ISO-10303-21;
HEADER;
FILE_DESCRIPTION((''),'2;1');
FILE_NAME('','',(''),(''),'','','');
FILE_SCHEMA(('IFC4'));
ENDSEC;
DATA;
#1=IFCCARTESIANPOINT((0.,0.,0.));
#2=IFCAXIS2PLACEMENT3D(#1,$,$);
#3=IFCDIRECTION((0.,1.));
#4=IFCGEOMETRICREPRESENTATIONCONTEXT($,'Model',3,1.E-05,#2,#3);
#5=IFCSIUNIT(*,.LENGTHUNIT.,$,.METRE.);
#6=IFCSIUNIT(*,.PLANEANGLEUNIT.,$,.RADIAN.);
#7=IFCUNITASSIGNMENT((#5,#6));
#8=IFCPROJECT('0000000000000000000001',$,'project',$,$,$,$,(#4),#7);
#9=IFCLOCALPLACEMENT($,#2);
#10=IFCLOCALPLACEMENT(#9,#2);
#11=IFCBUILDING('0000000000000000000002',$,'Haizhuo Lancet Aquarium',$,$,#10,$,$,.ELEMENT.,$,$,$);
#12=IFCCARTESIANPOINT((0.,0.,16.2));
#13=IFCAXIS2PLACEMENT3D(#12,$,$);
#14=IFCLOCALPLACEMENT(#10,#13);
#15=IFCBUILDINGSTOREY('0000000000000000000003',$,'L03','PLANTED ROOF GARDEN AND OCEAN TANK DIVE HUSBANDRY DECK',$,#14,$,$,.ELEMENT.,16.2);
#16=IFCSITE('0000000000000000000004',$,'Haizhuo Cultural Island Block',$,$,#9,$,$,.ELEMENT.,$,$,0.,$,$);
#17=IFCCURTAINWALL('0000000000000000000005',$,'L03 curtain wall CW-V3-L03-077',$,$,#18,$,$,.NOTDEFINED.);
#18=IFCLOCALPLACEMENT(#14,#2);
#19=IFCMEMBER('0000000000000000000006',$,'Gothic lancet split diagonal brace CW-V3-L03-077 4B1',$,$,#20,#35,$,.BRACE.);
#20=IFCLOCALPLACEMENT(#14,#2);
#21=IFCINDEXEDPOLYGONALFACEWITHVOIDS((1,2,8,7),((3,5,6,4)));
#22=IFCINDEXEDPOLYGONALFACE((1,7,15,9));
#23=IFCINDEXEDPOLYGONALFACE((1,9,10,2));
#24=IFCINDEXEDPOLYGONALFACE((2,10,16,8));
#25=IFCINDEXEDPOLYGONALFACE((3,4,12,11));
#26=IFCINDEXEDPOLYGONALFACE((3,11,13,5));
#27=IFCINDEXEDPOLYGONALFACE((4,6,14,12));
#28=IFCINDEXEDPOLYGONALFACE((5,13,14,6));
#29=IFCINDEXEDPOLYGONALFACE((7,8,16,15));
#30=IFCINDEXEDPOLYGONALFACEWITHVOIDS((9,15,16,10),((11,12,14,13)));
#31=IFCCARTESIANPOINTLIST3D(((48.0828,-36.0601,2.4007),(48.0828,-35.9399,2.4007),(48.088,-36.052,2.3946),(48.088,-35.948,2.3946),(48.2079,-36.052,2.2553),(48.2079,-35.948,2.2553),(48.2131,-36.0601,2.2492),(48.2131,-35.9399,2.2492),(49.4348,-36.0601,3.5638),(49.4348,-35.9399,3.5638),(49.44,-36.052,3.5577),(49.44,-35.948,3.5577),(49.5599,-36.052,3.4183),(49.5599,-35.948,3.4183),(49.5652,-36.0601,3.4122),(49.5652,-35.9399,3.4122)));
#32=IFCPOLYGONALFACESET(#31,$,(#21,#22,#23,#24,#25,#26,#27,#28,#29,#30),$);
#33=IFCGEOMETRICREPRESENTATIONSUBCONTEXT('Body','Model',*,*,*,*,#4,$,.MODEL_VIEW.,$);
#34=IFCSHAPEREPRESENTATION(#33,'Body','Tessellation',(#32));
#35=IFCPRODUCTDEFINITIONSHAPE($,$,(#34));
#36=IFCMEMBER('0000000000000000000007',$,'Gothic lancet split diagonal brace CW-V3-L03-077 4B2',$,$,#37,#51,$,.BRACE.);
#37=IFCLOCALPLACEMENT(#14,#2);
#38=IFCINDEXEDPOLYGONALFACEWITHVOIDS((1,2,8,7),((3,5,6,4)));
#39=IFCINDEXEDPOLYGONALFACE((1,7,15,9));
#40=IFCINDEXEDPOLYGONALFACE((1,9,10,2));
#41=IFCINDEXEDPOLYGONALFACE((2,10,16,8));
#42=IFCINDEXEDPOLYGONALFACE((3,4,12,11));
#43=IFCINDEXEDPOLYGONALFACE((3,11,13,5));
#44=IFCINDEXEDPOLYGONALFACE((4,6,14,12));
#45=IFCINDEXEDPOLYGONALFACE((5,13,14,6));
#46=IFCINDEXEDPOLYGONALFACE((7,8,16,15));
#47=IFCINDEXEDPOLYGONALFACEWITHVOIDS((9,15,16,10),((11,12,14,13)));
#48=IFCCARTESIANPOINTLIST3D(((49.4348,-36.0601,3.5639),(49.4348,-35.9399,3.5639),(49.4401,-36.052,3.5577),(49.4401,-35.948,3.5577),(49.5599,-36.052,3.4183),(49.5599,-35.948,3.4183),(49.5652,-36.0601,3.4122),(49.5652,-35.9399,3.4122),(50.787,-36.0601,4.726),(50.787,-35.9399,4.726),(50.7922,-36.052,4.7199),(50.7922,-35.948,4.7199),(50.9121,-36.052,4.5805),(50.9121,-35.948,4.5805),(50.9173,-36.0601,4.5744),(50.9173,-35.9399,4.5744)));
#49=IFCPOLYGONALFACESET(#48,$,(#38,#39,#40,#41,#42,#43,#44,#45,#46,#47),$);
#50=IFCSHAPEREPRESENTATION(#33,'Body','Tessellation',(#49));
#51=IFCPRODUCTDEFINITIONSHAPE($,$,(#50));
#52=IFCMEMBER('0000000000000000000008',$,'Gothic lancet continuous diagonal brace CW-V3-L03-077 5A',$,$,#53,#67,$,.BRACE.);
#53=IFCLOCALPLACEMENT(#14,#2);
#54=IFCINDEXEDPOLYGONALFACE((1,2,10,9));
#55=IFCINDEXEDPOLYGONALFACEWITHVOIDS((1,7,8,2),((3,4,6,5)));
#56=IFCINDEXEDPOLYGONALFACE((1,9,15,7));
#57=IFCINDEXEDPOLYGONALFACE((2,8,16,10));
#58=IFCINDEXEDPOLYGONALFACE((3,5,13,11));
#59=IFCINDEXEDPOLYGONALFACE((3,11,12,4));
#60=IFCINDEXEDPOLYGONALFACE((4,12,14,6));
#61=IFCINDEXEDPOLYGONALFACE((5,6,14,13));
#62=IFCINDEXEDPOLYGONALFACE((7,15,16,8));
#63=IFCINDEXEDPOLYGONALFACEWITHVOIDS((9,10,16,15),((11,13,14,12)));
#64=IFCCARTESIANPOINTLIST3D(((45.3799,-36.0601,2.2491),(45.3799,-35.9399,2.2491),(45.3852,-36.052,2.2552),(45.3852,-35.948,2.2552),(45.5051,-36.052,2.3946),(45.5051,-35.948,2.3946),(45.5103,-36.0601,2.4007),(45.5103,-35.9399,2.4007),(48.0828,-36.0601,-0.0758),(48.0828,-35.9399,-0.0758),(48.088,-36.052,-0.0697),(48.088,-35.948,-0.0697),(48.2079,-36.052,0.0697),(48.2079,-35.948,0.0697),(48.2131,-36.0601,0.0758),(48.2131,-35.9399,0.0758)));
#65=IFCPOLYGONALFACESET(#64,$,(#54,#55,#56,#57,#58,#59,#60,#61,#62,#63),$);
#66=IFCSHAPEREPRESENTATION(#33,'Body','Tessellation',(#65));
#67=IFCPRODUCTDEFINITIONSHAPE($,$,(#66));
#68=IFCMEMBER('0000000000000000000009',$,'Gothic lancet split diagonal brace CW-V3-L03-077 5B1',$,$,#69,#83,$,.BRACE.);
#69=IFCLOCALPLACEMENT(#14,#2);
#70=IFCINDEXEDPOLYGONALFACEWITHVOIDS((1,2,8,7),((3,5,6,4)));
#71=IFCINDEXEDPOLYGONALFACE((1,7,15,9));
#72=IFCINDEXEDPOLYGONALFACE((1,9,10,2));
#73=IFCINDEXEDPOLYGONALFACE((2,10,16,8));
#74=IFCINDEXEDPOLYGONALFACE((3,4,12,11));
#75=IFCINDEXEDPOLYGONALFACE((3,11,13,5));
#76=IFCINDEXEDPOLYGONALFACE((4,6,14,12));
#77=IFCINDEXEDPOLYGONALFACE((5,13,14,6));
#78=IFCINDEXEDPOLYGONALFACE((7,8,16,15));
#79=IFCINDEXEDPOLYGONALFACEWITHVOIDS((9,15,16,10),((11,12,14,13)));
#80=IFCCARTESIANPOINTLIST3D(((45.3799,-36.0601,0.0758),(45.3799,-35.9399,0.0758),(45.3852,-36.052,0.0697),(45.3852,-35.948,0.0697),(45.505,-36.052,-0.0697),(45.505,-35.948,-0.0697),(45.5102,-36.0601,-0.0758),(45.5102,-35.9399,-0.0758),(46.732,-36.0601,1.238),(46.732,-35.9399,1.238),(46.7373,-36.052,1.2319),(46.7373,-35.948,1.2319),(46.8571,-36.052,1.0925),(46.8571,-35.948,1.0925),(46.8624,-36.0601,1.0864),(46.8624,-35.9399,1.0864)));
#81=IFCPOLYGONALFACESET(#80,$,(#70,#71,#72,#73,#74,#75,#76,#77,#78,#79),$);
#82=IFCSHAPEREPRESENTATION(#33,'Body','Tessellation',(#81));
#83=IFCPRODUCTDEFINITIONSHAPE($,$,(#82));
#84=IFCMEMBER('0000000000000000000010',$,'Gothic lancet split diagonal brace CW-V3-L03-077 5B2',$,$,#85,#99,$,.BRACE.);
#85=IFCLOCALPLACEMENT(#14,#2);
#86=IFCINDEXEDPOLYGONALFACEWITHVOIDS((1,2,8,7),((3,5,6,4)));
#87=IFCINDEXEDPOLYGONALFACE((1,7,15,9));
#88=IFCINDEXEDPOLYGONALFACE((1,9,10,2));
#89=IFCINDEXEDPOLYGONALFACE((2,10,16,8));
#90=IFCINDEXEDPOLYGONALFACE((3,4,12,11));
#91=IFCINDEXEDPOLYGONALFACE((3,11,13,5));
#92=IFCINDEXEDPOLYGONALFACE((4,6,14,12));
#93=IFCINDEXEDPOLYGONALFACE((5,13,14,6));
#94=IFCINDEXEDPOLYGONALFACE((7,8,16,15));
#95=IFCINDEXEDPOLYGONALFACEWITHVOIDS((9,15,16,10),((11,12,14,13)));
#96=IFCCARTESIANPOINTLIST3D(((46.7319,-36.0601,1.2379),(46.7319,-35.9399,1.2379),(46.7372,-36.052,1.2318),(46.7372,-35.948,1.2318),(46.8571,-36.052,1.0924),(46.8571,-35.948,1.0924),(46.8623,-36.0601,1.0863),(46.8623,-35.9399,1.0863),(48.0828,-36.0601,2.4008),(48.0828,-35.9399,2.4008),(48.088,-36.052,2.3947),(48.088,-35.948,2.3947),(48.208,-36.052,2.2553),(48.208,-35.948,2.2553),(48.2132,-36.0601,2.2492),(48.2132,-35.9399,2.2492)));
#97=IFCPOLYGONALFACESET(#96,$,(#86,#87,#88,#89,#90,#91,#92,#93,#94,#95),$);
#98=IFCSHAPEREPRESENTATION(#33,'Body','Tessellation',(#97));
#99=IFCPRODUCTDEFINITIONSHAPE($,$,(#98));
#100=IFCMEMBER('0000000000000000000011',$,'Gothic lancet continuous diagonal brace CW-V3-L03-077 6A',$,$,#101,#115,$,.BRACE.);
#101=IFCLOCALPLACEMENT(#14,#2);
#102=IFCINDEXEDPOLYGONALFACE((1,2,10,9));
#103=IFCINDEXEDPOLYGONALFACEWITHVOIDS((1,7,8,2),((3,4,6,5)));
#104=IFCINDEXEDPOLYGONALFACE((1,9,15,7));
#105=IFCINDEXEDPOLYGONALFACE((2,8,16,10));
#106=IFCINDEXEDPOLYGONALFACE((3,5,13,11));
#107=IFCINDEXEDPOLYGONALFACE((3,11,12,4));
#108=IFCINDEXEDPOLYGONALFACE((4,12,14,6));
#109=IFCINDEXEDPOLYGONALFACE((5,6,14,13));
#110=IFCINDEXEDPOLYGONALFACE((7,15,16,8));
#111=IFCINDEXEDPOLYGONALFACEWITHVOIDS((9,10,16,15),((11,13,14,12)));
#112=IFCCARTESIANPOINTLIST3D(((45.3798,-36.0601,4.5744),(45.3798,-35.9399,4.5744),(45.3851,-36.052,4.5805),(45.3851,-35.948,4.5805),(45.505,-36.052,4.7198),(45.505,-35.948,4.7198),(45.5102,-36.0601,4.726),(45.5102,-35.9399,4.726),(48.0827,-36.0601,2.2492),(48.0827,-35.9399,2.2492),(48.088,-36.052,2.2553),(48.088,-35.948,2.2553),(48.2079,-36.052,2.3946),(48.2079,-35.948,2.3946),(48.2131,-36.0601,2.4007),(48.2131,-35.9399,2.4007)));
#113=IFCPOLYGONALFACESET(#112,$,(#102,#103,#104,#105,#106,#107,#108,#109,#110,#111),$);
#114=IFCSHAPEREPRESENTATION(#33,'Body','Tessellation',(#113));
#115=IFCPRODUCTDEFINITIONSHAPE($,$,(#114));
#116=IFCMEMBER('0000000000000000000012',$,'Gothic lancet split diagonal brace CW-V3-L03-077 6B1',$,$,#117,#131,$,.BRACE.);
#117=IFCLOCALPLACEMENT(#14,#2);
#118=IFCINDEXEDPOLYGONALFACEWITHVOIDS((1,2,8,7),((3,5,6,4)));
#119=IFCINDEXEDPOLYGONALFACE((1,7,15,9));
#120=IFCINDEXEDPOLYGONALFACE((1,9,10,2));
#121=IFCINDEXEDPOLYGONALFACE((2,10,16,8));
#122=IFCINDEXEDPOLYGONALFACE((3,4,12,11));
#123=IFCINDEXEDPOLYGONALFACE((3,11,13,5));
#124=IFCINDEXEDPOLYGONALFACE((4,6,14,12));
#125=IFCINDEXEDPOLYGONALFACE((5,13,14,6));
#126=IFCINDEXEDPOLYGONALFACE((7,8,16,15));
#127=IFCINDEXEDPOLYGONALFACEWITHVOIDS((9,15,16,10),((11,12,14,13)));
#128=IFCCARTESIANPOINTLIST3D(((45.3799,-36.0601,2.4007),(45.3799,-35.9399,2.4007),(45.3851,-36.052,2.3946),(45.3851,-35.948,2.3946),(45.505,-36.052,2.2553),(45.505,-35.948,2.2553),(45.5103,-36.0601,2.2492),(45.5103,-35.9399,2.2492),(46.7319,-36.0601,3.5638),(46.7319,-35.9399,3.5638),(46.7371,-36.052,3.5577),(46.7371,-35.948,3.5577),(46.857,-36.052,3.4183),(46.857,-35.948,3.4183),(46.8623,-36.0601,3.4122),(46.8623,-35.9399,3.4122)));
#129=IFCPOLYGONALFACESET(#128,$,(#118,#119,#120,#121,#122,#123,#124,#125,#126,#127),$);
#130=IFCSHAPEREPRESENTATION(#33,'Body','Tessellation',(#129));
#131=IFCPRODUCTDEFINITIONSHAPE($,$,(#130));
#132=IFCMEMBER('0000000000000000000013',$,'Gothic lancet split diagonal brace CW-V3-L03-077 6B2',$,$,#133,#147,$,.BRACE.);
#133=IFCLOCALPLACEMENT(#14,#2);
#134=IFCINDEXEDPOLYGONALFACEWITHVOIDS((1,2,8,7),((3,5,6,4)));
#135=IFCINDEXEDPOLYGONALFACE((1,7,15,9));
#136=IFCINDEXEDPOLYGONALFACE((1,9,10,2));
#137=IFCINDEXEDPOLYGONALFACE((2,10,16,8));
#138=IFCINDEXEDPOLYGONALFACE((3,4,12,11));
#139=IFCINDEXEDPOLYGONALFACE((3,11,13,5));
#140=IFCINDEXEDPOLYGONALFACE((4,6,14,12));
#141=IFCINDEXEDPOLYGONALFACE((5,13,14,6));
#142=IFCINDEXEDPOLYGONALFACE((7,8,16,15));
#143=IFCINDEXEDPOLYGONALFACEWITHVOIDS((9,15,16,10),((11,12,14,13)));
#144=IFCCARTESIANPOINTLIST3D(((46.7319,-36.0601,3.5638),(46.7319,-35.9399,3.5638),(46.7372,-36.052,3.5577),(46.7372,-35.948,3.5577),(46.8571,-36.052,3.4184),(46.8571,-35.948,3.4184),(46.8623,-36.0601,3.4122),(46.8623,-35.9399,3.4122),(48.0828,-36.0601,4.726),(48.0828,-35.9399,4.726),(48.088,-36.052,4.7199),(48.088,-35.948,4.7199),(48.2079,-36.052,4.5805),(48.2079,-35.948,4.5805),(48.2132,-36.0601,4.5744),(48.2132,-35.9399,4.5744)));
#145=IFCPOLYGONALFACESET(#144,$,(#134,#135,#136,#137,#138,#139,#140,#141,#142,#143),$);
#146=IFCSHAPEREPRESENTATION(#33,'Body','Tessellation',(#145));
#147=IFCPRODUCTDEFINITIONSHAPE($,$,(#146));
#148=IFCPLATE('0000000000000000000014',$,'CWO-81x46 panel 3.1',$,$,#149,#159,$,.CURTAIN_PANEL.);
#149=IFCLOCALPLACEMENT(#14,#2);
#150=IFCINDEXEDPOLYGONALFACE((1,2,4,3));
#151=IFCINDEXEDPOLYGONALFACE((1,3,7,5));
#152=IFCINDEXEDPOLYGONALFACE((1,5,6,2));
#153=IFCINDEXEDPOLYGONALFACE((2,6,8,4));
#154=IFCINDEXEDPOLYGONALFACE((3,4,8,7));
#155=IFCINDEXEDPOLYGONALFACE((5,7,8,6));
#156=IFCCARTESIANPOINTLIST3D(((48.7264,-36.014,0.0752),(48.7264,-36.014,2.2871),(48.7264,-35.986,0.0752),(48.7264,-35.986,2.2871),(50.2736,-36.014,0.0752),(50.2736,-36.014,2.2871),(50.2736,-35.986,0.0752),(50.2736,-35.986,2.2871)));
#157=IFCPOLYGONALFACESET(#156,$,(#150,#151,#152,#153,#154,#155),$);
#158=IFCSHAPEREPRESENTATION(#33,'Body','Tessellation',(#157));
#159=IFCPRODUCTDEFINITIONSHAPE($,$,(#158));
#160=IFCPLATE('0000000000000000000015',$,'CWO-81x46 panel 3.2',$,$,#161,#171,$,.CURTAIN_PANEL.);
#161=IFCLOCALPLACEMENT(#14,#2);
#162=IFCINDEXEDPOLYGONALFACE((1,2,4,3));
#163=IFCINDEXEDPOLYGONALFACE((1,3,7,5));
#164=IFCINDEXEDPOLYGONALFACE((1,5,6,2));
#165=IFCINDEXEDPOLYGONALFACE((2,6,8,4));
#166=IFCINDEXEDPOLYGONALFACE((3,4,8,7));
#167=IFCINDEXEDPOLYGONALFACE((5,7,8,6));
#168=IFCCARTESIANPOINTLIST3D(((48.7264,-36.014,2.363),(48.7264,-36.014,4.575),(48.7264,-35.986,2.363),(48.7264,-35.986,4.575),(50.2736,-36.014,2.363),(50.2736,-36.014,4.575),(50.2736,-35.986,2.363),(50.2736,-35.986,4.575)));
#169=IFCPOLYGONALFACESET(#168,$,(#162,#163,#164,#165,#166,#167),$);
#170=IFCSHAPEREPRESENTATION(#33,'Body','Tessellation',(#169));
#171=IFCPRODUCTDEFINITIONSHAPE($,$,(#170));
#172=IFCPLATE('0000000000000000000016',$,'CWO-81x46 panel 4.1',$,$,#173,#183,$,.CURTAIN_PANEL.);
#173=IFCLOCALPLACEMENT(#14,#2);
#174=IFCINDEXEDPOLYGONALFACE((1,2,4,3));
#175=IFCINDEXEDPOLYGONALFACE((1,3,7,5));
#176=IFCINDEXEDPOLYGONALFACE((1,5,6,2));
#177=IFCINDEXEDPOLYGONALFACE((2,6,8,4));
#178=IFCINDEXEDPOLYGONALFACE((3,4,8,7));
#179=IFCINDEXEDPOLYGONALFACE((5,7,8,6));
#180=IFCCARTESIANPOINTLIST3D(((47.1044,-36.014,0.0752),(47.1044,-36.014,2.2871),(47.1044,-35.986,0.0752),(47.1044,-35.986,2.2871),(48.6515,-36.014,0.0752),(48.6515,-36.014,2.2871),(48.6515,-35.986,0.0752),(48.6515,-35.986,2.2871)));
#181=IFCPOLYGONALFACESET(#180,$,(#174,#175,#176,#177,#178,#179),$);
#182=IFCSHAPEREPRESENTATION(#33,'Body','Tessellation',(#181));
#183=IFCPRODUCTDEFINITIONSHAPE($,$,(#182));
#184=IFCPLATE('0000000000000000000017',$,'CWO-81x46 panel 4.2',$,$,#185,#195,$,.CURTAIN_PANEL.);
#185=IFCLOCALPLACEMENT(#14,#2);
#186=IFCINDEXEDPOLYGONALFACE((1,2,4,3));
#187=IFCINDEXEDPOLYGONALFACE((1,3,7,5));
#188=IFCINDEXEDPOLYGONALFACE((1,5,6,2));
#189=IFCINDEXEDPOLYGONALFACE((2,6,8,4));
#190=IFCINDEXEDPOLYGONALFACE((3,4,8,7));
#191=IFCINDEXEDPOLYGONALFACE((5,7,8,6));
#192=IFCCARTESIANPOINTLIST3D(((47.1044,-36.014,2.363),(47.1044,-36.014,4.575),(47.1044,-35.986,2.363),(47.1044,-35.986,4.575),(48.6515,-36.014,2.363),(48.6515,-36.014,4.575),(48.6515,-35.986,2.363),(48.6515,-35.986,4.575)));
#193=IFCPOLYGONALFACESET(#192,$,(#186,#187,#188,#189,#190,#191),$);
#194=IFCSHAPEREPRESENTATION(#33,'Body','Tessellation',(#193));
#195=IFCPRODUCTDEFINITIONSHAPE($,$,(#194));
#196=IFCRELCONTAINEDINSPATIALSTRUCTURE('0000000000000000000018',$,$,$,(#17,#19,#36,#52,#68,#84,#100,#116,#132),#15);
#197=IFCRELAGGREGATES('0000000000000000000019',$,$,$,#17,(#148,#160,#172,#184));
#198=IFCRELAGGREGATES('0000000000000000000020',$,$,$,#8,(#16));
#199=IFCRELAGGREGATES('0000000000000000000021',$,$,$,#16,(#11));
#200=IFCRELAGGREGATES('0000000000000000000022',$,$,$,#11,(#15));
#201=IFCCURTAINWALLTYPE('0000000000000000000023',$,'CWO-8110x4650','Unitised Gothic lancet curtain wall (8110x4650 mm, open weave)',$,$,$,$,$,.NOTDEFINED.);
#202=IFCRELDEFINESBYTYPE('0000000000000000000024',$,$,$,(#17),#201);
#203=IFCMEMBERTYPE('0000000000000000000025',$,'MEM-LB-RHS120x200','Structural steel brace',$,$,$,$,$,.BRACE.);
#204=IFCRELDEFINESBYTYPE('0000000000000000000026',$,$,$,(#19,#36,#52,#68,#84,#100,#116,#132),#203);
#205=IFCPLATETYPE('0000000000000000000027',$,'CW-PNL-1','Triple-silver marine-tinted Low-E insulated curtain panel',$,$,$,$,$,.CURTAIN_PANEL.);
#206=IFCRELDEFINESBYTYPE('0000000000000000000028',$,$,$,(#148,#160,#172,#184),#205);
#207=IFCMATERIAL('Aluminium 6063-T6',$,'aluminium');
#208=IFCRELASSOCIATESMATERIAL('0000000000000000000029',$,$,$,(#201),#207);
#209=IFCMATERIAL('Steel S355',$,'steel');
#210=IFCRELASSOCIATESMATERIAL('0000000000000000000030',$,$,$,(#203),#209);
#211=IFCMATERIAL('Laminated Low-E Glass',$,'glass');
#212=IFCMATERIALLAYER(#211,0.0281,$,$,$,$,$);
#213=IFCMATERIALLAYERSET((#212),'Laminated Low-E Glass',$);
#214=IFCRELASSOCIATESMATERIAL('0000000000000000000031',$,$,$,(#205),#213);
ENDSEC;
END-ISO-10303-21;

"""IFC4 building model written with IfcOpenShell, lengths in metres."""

from ifc_helpers import new_model, si_unit, direction, frame, origin, origin_2d, place, context, subcontext, project, spatial, rectangle, hollow_rectangle, extrude, material, layer, layer_set, material_profile, profile_set, type_object, element, aggregate, save


model = new_model("IFC4")

# Units and contexts
model_context = context("Model", 3, precision=1e-05, world=origin(), true_north=direction((0.0, 1.0)))
body_context = subcontext(model_context, "Body", "Model", "MODEL_VIEW")
ifc_project = project(units=[si_unit("LENGTHUNIT", "METRE"), si_unit("PLANEANGLEUNIT", "RADIAN")], contexts=[model_context])

# Site, building, storey
site_placement = place(None, origin())
site = spatial("IfcSite", under=ifc_project, at=site_placement, Name="Haizhuo Cultural Island Block", CompositionType="ELEMENT", RefElevation=0.0)
building_placement = place(site_placement, origin())
building = spatial("IfcBuilding", under=site, at=building_placement, Name="Haizhuo Lancet Aquarium", CompositionType="ELEMENT")
storey_placement = place(building_placement, frame((0.0, 0.0, 16.2)))
storey = spatial("IfcBuildingStorey", under=building, at=storey_placement, Name="L03", Description="PLANTED ROOF GARDEN AND OCEAN TANK DIVE HUSBANDRY DECK", CompositionType="ELEMENT", Elevation=16.2)

# Curtain wall
ifc_material_1 = material(Name="Aluminium 6063-T6", Category="aluminium")
curtain_wall_type = type_object("IfcCurtainWallType", Name="CWO-8110x4650", Description="Unitised Gothic lancet curtain wall (8110x4650 mm, open weave)", PredefinedType="NOTDEFINED", material=ifc_material_1)
curtain_wall_placement = place(storey_placement, origin())
curtain_wall = element("IfcCurtainWall", 1, at=curtain_wall_placement, inside=storey, type_object=curtain_wall_type, Name="L03 curtain wall CW-V3-L03-077", PredefinedType="NOTDEFINED")

# Members
ifc_material_2 = material(Name="Steel S355", Category="steel")
ifc_material_profile_1 = material_profile(ifc_material_2, hollow_rectangle(XDim=0.1201, YDim=0.2, WallThickness=0.0081, at=origin_2d()), Name="RHS 120x200x8")
ifc_profile_set_1 = profile_set([ifc_material_profile_1], Name="Steel S355")
member_type_1 = type_object("IfcMemberType", Name="MEM-LB-RHS120x200", Description="Structural steel brace", PredefinedType="BRACE", material=ifc_profile_set_1)
member_1_placement = place(storey_placement, frame((48.1479, -36.0, 2.325), z_axis=(0.758096, 0.0, 0.652143), x_axis=(0.0, 1.0, 0.0)))
element("IfcMember", 2, at=member_1_placement, inside=storey, type_object=member_type_1, Name="Gothic lancet split diagonal brace CW-V3-L03-077 4B1", PredefinedType="BRACE", context=body_context, shape_type="SweptSolid", body=[
    extrude(hollow_rectangle(XDim=0.1201, YDim=0.2, WallThickness=0.0081, at=origin_2d()), origin(), (0.0, 0.0, 1.0), 1.7834),
])
member_2_placement = place(storey_placement, frame((49.5, -36.0, 3.488), z_axis=(0.758367, 0.0, 0.651828), x_axis=(0.0, 1.0, 0.0)))
element("IfcMember", 3, at=member_2_placement, inside=storey, type_object=member_type_1, Name="Gothic lancet split diagonal brace CW-V3-L03-077 4B2", PredefinedType="BRACE", context=body_context, shape_type="SweptSolid", body=[
    extrude(hollow_rectangle(XDim=0.1201, YDim=0.2, WallThickness=0.0081, at=origin_2d()), origin(), (0.0, 0.0, 1.0), 1.783),
])
member_3_placement = place(storey_placement, frame((48.1479, -36.0, 0.0), z_axis=(-0.75812, 0.0, 0.652116), x_axis=(0.0, -1.0, 0.0)))
element("IfcMember", 4, at=member_3_placement, inside=storey, type_object=member_type_1, Name="Gothic lancet continuous diagonal brace CW-V3-L03-077 5A", PredefinedType="BRACE", context=body_context, shape_type="SweptSolid", body=[
    extrude(hollow_rectangle(XDim=0.1201, YDim=0.2, WallThickness=0.0081, at=origin_2d()), origin(), (0.0, 0.0, 1.0), 3.5652),
])
member_4_placement = place(storey_placement, frame((45.4451, -36.0, 0.0), z_axis=(0.758367, 0.0, 0.651828), x_axis=(0.0, 1.0, 0.0)))
element("IfcMember", 5, at=member_4_placement, inside=storey, type_object=member_type_1, Name="Gothic lancet split diagonal brace CW-V3-L03-077 5B1", PredefinedType="BRACE", context=body_context, shape_type="SweptSolid", body=[
    extrude(hollow_rectangle(XDim=0.1201, YDim=0.2, WallThickness=0.0081, at=origin_2d()), origin(), (0.0, 0.0, 1.0), 1.783),
])
member_5_placement = place(storey_placement, frame((46.7971, -36.0, 1.1621), z_axis=(0.757872, 0.0, 0.652403), x_axis=(0.0, 1.0, 0.0)))
element("IfcMember", 6, at=member_5_placement, inside=storey, type_object=member_type_1, Name="Gothic lancet split diagonal brace CW-V3-L03-077 5B2", PredefinedType="BRACE", context=body_context, shape_type="SweptSolid", body=[
    extrude(hollow_rectangle(XDim=0.1201, YDim=0.2, WallThickness=0.0081, at=origin_2d()), origin(), (0.0, 0.0, 1.0), 1.7825),
])
member_6_placement = place(storey_placement, frame((48.1479, -36.0, 2.325), z_axis=(-0.758086, 0.0, 0.652155), x_axis=(0.0, -1.0, 0.0)))
element("IfcMember", 7, at=member_6_placement, inside=storey, type_object=member_type_1, Name="Gothic lancet continuous diagonal brace CW-V3-L03-077 6A", PredefinedType="BRACE", context=body_context, shape_type="SweptSolid", body=[
    extrude(hollow_rectangle(XDim=0.1201, YDim=0.2, WallThickness=0.0081, at=origin_2d()), origin(), (0.0, 0.0, 1.0), 3.5654),
])
member_7_placement = place(storey_placement, frame((45.4451, -36.0, 2.325), z_axis=(0.758096, 0.0, 0.652143), x_axis=(0.0, 1.0, 0.0)))
element("IfcMember", 8, at=member_7_placement, inside=storey, type_object=member_type_1, Name="Gothic lancet split diagonal brace CW-V3-L03-077 6B1", PredefinedType="BRACE", context=body_context, shape_type="SweptSolid", body=[
    extrude(hollow_rectangle(XDim=0.1201, YDim=0.2, WallThickness=0.0081, at=origin_2d()), origin(), (0.0, 0.0, 1.0), 1.7834),
])
member_8_placement = place(storey_placement, frame((46.7971, -36.0, 3.488), z_axis=(0.758075, 0.0, 0.652167), x_axis=(0.0, 1.0, 0.0)))
element("IfcMember", 9, at=member_8_placement, inside=storey, type_object=member_type_1, Name="Gothic lancet split diagonal brace CW-V3-L03-077 6B2", PredefinedType="BRACE", context=body_context, shape_type="SweptSolid", body=[
    extrude(hollow_rectangle(XDim=0.1201, YDim=0.2, WallThickness=0.0081, at=origin_2d()), origin(), (0.0, 0.0, 1.0), 1.782),
])

# Plates
ifc_material_3 = material(Name="Laminated Low-E Glass", Category="glass")
ifc_layer = layer(ifc_material_3, 0.0281)
ifc_layer_set = layer_set([ifc_layer], Name="Laminated Low-E Glass")
plate_type = type_object("IfcPlateType", Name="CW-PNL-1", Description="Triple-silver marine-tinted Low-E insulated curtain panel", PredefinedType="CURTAIN_PANEL", material=ifc_layer_set)
plate_1_placement = place(storey_placement, frame((49.5, -36.0, 0.0752), z_axis=(0.0, 0.0, 1.0), x_axis=(-1.0, 0.0, 0.0)))
plate_1 = element("IfcPlate", 10, at=plate_1_placement, type_object=plate_type, Name="CWO-81x46 panel 3.1", PredefinedType="CURTAIN_PANEL", context=body_context, shape_type="SweptSolid", body=[
    extrude(rectangle(XDim=1.5471, YDim=0.0281, at=origin_2d()), origin(), (0.0, 0.0, 1.0), 2.2119),
])
plate_2_placement = place(storey_placement, frame((49.5, -36.0, 2.363), z_axis=(0.0, 0.0, 1.0), x_axis=(-1.0, 0.0, 0.0)))
plate_2 = element("IfcPlate", 11, at=plate_2_placement, type_object=plate_type, Name="CWO-81x46 panel 3.2", PredefinedType="CURTAIN_PANEL", context=body_context, shape_type="SweptSolid", body=[
    extrude(rectangle(XDim=1.5471, YDim=0.0281, at=origin_2d()), origin(), (0.0, 0.0, 1.0), 2.2119),
])
plate_3_placement = place(storey_placement, frame((47.8779, -36.0, 0.0752), z_axis=(0.0, 0.0, 1.0), x_axis=(-1.0, 0.0, 0.0)))
plate_3 = element("IfcPlate", 12, at=plate_3_placement, type_object=plate_type, Name="CWO-81x46 panel 4.1", PredefinedType="CURTAIN_PANEL", context=body_context, shape_type="SweptSolid", body=[
    extrude(rectangle(XDim=1.5471, YDim=0.0281, at=origin_2d()), origin(), (0.0, 0.0, 1.0), 2.2119),
])
plate_4_placement = place(storey_placement, frame((47.8779, -36.0, 2.363), z_axis=(0.0, 0.0, 1.0), x_axis=(-1.0, 0.0, 0.0)))
plate_4 = element("IfcPlate", 13, at=plate_4_placement, type_object=plate_type, Name="CWO-81x46 panel 4.2", PredefinedType="CURTAIN_PANEL", context=body_context, shape_type="SweptSolid", body=[
    extrude(rectangle(XDim=1.5471, YDim=0.0281, at=origin_2d()), origin(), (0.0, 0.0, 1.0), 2.2119),
])
aggregate(curtain_wall, [plate_1, plate_2, plate_3, plate_4])

save(model, "model.ifc")
